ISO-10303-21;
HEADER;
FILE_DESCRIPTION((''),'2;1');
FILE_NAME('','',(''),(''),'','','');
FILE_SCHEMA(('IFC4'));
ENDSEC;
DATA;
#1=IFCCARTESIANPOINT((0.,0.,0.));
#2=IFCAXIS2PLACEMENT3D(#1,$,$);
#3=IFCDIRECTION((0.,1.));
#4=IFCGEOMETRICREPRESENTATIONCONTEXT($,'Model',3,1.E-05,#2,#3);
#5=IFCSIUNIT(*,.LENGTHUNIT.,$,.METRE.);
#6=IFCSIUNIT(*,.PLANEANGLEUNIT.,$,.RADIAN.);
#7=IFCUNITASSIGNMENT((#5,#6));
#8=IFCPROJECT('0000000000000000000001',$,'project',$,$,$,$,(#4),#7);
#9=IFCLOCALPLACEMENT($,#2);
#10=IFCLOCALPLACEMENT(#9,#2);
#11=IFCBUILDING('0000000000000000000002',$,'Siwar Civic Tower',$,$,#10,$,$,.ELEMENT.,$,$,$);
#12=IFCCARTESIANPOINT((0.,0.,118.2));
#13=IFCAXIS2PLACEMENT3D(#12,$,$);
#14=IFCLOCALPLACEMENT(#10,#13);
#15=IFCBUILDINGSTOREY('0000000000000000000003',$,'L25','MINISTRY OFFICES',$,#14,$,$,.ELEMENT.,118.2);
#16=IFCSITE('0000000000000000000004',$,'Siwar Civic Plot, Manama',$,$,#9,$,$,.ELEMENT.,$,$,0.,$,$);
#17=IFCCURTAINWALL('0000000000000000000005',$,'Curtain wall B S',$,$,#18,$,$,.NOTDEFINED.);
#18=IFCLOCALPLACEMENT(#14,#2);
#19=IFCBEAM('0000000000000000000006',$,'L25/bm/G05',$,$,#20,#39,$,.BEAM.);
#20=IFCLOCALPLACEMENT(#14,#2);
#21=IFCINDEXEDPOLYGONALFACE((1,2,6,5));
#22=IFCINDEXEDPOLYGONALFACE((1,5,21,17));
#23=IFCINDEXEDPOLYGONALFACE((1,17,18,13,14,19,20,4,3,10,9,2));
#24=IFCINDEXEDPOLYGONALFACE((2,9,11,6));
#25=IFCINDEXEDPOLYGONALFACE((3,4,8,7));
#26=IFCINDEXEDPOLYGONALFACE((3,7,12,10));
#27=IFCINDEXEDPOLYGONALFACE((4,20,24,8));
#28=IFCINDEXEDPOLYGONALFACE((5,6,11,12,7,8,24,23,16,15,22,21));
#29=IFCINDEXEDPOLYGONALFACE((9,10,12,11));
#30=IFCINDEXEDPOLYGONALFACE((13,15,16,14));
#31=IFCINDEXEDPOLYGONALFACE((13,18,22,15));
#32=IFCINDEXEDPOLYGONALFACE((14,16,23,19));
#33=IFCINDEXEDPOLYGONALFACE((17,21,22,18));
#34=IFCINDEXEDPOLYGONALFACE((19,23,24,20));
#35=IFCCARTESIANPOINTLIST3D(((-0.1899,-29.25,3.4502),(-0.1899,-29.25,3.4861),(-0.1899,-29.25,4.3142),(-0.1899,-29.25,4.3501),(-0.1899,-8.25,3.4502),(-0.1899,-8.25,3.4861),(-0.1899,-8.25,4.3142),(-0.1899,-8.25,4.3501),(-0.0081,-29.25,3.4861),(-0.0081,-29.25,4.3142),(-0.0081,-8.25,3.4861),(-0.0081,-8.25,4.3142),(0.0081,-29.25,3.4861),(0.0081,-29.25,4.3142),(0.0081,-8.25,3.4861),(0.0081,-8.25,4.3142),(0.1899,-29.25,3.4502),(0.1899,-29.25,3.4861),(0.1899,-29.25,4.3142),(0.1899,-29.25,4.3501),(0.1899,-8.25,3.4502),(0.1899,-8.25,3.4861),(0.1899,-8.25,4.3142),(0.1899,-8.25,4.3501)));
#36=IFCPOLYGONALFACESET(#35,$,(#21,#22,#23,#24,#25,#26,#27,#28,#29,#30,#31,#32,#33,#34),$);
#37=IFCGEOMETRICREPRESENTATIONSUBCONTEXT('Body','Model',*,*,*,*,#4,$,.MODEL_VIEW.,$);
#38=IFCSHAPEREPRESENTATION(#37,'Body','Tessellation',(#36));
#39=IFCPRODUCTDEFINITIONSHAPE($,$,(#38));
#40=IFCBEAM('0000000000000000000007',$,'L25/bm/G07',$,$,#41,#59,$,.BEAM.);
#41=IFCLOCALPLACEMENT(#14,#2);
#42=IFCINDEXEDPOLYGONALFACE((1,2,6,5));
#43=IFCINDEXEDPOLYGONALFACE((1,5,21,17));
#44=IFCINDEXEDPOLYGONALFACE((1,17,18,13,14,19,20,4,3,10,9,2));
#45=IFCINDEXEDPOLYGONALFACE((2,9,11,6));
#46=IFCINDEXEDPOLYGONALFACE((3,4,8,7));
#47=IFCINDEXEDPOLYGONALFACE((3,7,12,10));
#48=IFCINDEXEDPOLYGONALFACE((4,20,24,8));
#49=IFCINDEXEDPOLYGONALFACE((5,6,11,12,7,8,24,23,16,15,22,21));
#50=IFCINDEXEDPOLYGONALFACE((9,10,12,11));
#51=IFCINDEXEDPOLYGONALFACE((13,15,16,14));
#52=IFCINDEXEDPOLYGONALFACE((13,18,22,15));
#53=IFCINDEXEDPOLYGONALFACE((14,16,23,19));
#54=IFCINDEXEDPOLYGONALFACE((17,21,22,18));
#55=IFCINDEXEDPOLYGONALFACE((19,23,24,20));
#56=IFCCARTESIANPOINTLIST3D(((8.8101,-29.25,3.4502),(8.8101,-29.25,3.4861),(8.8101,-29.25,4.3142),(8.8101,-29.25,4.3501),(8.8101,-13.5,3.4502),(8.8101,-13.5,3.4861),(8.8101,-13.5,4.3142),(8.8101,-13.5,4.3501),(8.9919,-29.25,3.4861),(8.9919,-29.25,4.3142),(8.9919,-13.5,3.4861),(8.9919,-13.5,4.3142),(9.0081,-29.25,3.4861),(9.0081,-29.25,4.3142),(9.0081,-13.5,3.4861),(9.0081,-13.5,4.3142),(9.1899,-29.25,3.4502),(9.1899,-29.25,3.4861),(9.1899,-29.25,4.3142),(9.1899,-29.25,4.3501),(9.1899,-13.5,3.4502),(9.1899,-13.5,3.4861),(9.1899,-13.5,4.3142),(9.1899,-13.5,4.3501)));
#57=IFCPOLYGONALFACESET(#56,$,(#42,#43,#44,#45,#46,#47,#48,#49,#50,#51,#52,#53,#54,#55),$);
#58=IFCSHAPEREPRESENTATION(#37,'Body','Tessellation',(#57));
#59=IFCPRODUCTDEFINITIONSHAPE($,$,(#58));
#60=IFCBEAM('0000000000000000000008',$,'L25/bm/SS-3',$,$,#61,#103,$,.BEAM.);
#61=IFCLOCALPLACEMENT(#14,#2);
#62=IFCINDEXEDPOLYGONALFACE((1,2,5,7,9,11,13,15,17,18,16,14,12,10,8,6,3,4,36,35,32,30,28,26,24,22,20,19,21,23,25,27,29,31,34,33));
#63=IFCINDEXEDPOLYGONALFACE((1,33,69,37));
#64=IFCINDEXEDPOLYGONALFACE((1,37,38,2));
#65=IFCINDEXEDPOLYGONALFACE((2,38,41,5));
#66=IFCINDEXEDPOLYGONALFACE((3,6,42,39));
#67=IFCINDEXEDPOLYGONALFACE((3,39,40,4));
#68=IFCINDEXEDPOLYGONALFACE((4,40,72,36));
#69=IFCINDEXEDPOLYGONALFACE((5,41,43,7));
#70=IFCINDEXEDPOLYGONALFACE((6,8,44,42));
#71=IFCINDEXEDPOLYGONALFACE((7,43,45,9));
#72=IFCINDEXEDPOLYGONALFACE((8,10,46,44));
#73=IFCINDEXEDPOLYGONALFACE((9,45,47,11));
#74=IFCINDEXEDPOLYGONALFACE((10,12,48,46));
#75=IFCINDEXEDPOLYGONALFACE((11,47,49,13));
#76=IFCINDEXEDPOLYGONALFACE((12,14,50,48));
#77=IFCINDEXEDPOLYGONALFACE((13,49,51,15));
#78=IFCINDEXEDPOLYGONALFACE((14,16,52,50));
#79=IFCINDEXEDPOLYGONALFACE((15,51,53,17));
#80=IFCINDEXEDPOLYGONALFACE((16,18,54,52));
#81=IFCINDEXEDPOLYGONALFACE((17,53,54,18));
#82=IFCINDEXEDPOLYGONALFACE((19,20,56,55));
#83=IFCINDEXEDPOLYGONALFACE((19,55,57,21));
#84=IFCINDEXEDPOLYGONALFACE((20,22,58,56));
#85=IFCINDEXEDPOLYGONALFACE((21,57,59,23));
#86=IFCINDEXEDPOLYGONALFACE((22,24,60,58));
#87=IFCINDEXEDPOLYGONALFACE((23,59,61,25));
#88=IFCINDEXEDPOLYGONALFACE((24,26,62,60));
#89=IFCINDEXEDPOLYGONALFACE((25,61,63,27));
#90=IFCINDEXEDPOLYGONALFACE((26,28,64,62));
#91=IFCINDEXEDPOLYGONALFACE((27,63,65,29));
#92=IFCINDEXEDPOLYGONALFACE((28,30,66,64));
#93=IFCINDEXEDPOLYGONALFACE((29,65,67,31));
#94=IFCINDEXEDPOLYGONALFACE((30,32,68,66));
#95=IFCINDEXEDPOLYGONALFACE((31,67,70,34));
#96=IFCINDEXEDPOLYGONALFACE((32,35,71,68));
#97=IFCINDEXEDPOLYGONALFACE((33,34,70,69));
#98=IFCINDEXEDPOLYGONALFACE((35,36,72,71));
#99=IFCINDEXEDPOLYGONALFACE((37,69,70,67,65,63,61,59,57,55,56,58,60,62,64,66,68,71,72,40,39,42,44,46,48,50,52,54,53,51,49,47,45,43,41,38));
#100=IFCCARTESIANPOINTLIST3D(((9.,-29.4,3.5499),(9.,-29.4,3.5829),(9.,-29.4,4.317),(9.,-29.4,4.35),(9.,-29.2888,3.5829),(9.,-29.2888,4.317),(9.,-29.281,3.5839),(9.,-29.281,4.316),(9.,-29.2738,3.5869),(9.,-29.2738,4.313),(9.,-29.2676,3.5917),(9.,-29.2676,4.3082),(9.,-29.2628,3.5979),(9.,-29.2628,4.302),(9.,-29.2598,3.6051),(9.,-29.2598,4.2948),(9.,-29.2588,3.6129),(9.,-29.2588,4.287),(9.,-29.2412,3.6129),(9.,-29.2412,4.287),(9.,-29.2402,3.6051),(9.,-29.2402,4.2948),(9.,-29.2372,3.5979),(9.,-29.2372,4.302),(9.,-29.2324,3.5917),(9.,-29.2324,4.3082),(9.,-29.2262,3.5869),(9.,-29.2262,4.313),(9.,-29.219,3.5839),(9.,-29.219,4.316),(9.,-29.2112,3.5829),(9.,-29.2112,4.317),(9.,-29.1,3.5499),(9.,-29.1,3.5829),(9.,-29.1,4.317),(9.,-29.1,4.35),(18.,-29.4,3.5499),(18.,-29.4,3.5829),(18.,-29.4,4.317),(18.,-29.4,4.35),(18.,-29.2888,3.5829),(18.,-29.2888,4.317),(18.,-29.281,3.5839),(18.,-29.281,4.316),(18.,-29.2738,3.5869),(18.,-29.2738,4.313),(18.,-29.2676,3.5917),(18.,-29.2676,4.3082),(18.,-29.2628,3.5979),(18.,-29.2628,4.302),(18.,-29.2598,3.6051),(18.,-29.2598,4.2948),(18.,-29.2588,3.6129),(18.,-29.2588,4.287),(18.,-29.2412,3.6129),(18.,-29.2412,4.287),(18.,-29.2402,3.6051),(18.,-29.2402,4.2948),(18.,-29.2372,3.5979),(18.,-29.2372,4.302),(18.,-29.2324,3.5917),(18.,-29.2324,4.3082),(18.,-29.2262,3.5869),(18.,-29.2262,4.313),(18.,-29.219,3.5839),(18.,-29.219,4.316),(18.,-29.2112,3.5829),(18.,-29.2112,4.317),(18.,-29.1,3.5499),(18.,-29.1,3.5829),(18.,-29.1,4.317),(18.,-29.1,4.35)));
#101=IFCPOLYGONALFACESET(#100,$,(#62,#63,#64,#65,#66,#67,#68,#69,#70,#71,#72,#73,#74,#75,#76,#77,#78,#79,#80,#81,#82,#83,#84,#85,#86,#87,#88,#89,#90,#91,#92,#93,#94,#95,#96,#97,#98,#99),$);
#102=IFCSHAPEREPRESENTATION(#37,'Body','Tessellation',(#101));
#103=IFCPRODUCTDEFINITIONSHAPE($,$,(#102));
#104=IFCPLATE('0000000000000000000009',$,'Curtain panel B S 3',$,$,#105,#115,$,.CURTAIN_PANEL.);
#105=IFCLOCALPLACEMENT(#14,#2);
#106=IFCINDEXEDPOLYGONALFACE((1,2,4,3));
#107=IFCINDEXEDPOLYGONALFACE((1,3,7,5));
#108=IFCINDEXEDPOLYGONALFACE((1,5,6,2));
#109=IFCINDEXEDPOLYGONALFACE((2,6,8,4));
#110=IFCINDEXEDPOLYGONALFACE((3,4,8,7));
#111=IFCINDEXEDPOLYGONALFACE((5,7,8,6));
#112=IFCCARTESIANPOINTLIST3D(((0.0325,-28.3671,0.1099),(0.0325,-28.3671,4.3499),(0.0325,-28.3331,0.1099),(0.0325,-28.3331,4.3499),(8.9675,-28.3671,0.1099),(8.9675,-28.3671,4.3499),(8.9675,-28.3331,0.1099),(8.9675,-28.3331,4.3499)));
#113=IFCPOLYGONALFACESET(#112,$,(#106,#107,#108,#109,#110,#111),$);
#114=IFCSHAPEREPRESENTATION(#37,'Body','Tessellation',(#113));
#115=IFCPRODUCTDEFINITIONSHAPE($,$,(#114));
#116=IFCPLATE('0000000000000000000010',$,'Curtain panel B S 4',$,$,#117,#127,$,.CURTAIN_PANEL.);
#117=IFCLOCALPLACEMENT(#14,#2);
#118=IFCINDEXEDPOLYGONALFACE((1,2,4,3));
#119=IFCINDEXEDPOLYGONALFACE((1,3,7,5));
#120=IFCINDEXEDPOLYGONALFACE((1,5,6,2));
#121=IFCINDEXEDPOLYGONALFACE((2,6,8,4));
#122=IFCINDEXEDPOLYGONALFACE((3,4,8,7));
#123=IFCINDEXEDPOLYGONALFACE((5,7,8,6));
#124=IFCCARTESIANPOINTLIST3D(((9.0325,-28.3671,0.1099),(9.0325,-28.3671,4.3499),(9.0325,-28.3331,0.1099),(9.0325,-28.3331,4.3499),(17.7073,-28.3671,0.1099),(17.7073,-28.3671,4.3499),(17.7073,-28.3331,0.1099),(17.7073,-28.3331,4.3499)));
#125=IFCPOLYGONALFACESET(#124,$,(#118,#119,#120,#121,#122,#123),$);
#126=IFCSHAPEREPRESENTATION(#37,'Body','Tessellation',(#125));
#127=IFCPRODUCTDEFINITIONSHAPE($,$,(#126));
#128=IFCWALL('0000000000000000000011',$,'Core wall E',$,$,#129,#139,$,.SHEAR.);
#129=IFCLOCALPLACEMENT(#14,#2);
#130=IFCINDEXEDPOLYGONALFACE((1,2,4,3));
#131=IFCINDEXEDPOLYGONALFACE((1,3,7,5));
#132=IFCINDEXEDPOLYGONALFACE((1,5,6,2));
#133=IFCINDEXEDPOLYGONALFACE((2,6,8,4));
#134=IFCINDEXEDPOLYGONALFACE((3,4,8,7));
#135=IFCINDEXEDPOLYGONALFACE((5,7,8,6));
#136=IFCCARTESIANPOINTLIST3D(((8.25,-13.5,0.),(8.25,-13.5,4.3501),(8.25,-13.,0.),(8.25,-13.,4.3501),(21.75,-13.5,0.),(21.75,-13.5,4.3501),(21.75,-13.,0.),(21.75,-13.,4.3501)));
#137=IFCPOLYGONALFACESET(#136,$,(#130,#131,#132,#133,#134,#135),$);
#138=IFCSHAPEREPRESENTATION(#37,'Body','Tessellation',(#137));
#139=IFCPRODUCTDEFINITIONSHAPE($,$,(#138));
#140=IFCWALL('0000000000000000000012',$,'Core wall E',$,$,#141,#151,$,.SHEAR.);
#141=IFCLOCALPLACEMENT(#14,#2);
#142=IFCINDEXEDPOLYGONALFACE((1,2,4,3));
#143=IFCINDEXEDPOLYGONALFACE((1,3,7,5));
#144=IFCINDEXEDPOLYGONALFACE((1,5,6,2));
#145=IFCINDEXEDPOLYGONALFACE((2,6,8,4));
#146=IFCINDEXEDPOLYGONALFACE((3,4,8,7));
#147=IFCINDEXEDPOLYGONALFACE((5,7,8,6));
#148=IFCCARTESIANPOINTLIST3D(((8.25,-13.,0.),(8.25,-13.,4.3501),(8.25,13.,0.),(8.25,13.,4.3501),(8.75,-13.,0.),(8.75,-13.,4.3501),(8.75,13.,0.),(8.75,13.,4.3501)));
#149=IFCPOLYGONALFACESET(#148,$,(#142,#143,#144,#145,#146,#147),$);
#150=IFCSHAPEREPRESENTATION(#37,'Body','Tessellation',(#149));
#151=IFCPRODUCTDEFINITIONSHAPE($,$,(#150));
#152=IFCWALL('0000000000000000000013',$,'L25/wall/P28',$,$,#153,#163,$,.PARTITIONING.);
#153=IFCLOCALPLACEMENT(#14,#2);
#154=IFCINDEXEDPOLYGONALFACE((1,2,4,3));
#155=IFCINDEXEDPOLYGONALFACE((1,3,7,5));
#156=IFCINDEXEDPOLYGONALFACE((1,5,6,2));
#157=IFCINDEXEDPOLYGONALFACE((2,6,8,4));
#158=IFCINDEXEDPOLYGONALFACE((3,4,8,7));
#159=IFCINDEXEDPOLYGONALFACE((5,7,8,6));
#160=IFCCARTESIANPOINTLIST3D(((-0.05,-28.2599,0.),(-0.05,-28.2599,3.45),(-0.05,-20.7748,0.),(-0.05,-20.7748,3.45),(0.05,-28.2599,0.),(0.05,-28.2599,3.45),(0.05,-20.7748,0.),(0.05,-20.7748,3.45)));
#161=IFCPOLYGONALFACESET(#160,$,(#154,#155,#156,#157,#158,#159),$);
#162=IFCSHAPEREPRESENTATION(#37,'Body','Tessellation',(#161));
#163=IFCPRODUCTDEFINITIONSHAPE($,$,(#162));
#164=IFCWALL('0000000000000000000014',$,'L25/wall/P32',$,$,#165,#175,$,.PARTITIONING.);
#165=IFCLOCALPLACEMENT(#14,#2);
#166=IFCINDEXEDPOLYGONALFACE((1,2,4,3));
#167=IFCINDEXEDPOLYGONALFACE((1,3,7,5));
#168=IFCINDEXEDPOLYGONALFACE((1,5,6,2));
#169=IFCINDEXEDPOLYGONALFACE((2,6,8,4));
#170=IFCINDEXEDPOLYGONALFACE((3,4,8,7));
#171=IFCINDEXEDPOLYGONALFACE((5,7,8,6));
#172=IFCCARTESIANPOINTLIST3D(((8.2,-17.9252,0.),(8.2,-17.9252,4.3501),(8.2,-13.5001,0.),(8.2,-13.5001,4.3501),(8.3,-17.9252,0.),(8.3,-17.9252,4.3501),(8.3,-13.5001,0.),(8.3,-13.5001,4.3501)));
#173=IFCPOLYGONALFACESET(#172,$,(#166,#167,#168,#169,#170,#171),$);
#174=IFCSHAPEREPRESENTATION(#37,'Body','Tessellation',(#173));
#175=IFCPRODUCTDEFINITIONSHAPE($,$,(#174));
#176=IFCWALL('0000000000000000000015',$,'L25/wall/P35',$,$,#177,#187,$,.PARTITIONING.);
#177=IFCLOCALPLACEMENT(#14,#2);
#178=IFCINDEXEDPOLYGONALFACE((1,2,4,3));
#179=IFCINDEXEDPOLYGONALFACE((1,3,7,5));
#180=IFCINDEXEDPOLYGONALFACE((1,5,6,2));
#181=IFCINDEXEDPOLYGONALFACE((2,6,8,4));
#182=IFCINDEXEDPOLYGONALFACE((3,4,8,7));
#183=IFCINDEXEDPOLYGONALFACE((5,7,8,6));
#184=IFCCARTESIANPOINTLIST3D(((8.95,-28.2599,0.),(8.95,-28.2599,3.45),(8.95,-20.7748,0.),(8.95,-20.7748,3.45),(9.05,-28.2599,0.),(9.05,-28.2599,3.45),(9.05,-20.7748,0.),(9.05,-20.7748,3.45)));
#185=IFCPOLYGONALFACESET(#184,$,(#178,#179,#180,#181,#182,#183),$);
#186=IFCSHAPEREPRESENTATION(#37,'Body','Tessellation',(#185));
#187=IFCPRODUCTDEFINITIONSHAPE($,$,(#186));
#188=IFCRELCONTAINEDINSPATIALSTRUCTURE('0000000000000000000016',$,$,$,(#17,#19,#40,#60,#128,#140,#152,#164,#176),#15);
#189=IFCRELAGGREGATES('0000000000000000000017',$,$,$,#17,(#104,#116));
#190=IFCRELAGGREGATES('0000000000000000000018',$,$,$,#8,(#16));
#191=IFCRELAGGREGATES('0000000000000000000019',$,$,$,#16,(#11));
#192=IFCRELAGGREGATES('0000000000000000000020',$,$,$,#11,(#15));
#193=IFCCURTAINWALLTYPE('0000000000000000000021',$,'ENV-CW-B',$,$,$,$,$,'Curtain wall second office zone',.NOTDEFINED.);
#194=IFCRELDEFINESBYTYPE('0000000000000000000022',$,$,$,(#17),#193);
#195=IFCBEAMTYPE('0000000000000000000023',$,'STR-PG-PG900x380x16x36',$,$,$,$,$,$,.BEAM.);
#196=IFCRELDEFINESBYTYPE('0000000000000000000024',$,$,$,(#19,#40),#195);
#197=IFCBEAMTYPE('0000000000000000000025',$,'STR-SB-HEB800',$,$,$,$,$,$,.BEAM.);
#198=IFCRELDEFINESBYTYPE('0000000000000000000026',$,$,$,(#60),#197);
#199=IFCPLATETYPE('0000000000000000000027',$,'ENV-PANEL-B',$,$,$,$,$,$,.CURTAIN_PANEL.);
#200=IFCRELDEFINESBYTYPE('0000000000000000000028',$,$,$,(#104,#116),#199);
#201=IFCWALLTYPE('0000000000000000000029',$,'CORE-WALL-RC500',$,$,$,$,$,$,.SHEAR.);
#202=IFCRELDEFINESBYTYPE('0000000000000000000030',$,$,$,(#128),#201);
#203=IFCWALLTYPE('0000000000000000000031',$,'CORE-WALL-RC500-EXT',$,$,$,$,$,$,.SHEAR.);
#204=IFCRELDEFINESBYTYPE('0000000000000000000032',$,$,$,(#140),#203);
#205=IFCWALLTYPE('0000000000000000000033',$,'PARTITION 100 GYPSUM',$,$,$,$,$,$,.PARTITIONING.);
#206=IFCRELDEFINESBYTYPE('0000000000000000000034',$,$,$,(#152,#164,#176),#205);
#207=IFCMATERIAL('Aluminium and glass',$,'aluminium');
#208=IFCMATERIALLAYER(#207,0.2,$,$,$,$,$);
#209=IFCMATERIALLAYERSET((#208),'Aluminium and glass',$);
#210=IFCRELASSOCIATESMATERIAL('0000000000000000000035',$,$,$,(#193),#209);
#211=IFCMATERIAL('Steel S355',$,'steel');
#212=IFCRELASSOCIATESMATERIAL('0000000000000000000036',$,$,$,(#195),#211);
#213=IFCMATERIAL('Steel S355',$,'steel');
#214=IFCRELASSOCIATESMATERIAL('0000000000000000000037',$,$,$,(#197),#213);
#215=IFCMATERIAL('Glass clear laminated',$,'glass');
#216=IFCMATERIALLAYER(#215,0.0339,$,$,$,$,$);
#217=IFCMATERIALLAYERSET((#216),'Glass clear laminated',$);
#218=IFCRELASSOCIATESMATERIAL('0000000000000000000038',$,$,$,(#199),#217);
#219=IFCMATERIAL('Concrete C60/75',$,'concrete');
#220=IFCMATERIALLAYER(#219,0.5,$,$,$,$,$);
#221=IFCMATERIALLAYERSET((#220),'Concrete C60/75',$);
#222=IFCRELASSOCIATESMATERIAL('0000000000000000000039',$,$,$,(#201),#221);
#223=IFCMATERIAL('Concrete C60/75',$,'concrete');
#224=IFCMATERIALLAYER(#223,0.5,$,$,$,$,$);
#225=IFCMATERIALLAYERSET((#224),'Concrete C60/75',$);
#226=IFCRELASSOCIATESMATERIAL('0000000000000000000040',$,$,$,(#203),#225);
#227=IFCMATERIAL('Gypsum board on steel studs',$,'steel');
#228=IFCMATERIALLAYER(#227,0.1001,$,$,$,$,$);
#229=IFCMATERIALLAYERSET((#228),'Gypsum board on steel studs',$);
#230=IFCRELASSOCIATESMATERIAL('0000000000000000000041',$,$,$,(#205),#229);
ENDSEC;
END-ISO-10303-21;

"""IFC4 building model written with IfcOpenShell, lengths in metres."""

from ifc_helpers import new_model, si_unit, direction, frame, frame_2d, origin, origin_2d, place, context, subcontext, project, spatial, rectangle, i_section, extrude, material, layer, layer_set, material_profile, profile_set, type_object, element, aggregate, save


model = new_model("IFC4")

# Units and contexts
model_context = context("Model", 3, precision=1e-05, world=origin(), true_north=direction((0.0, 1.0)))
body_context = subcontext(model_context, "Body", "Model", "MODEL_VIEW")
ifc_project = project(units=[si_unit("LENGTHUNIT", "METRE"), si_unit("PLANEANGLEUNIT", "RADIAN")], contexts=[model_context])

# Site, building, storey
site_placement = place(None, origin())
site = spatial("IfcSite", under=ifc_project, at=site_placement, Name="Siwar Civic Plot, Manama", CompositionType="ELEMENT", RefElevation=0.0)
building_placement = place(site_placement, origin())
building = spatial("IfcBuilding", under=site, at=building_placement, Name="Siwar Civic Tower", CompositionType="ELEMENT")
storey_placement = place(building_placement, frame((0.0, 0.0, 118.2)))
storey = spatial("IfcBuildingStorey", under=building, at=storey_placement, Name="L25", Description="MINISTRY OFFICES", CompositionType="ELEMENT", Elevation=118.2)

# Curtain wall
ifc_material_1 = material(Name="Aluminium and glass", Category="aluminium")
ifc_layer_1 = layer(ifc_material_1, 0.2)
ifc_layer_set_1 = layer_set([ifc_layer_1], Name="Aluminium and glass")
curtain_wall_type = type_object("IfcCurtainWallType", Name="ENV-CW-B", ElementType="Curtain wall second office zone", PredefinedType="NOTDEFINED", material=ifc_layer_set_1)
curtain_wall_placement = place(storey_placement, origin())
curtain_wall = element("IfcCurtainWall", 1, at=curtain_wall_placement, inside=storey, type_object=curtain_wall_type, Name="Curtain wall B S", PredefinedType="NOTDEFINED")

# Beams
ifc_material_2 = material(Name="Steel S355", Category="steel")
ifc_material_profile_1 = material_profile(ifc_material_2, i_section(OverallWidth=0.3799, OverallDepth=0.8999, WebThickness=0.0161, FlangeThickness=0.0359, at=origin_2d()), Name="PG900x380x16x36")
ifc_profile_set_1 = profile_set([ifc_material_profile_1], Name="Steel S355")
beam_type_1 = type_object("IfcBeamType", Name="STR-PG-PG900x380x16x36", PredefinedType="BEAM", material=ifc_profile_set_1)
beam_1_placement = place(storey_placement, frame((0.0, -29.25, 3.9001), z_axis=(0.0, 1.0, 0.0), x_axis=(-1.0, 0.0, 0.0)))
element("IfcBeam", 2, at=beam_1_placement, inside=storey, type_object=beam_type_1, Name="L25/bm/G05", PredefinedType="BEAM", context=body_context, shape_type="SweptSolid", body=[
    extrude(i_section(OverallWidth=0.3799, OverallDepth=0.8999, WebThickness=0.0161, FlangeThickness=0.0359, at=origin_2d()), origin(), (0.0, 0.0, 1.0), 21.0),
])
beam_2_placement = place(storey_placement, frame((9.0, -29.25, 3.9001), z_axis=(0.0, 1.0, 0.0), x_axis=(-1.0, 0.0, 0.0)))
element("IfcBeam", 3, at=beam_2_placement, inside=storey, type_object=beam_type_1, Name="L25/bm/G07", PredefinedType="BEAM", context=body_context, shape_type="SweptSolid", body=[
    extrude(i_section(OverallWidth=0.3799, OverallDepth=0.8999, WebThickness=0.0161, FlangeThickness=0.0359, at=origin_2d()), origin(), (0.0, 0.0, 1.0), 15.75),
])
ifc_material_3 = material(Name="Steel S355", Category="steel")
ifc_material_profile_2 = material_profile(ifc_material_3, i_section(OverallWidth=0.3, OverallDepth=0.8, WebThickness=0.0176, FlangeThickness=0.033, FilletRadius=0.03, at=origin_2d()), Name="HEB800")
ifc_profile_set_2 = profile_set([ifc_material_profile_2], Name="Steel S355")
beam_type_2 = type_object("IfcBeamType", Name="STR-SB-HEB800", PredefinedType="BEAM", material=ifc_profile_set_2)
beam_3_placement = place(storey_placement, frame((9.0, -29.25, 3.95), z_axis=(1.0, 0.0, 0.0), x_axis=(0.0, 1.0, 0.0)))
element("IfcBeam", 4, at=beam_3_placement, inside=storey, type_object=beam_type_2, Name="L25/bm/SS-3", PredefinedType="BEAM", context=body_context, shape_type="SweptSolid", body=[
    extrude(i_section(OverallWidth=0.3, OverallDepth=0.8, WebThickness=0.0176, FlangeThickness=0.033, FilletRadius=0.03, at=origin_2d()), origin(), (0.0, 0.0, 1.0), 9.0),
])

# Plates
ifc_material_4 = material(Name="Glass clear laminated", Category="glass")
ifc_layer_2 = layer(ifc_material_4, 0.0339)
ifc_layer_set_2 = layer_set([ifc_layer_2], Name="Glass clear laminated")
plate_type = type_object("IfcPlateType", Name="ENV-PANEL-B", PredefinedType="CURTAIN_PANEL", material=ifc_layer_set_2)
plate_1_placement = place(storey_placement, frame((4.5, -28.3501, 0.1099), z_axis=(0.0, 0.0, 1.0), x_axis=(1.0, 0.0, 0.0)))
plate_1 = element("IfcPlate", 5, at=plate_1_placement, type_object=plate_type, Name="Curtain panel B S 3", PredefinedType="CURTAIN_PANEL", context=body_context, shape_type="SweptSolid", body=[
    extrude(rectangle(XDim=8.9351, YDim=0.0339, at=origin_2d()), origin(), (0.0, 0.0, 1.0), 4.24),
])
plate_2_placement = place(storey_placement, frame((13.3699, -28.3501, 0.1099), z_axis=(0.0, 0.0, 1.0), x_axis=(1.0, 0.0, 0.0)))
plate_2 = element("IfcPlate", 6, at=plate_2_placement, type_object=plate_type, Name="Curtain panel B S 4", PredefinedType="CURTAIN_PANEL", context=body_context, shape_type="SweptSolid", body=[
    extrude(rectangle(XDim=8.6748, YDim=0.0339, at=origin_2d()), origin(), (0.0, 0.0, 1.0), 4.24),
])
aggregate(curtain_wall, [plate_1, plate_2])

# Walls
ifc_material_5 = material(Name="Concrete C60/75", Category="concrete")
ifc_layer_3 = layer(ifc_material_5, 0.5)
ifc_layer_set_3 = layer_set([ifc_layer_3], Name="Concrete C60/75")
wall_type_1 = type_object("IfcWallType", Name="CORE-WALL-RC500", PredefinedType="SHEAR", material=ifc_layer_set_3)
wall_1_placement = place(storey_placement, frame((8.25, -13.25, 0.0), z_axis=(0.0, 0.0, 1.0), x_axis=(1.0, 0.0, 0.0)))
element("IfcWall", 7, at=wall_1_placement, inside=storey, type_object=wall_type_1, Name="Core wall E", PredefinedType="SHEAR", context=body_context, shape_type="SweptSolid", body=[
    extrude(rectangle(XDim=13.5, YDim=0.5, at=frame_2d((6.75, 0.0))), origin(), (0.0, 0.0, 1.0), 4.3501),
])
ifc_material_6 = material(Name="Concrete C60/75", Category="concrete")
ifc_layer_4 = layer(ifc_material_6, 0.5)
ifc_layer_set_4 = layer_set([ifc_layer_4], Name="Concrete C60/75")
wall_type_2 = type_object("IfcWallType", Name="CORE-WALL-RC500-EXT", PredefinedType="SHEAR", material=ifc_layer_set_4)
wall_2_placement = place(storey_placement, frame((8.5, -13.0, 0.0), z_axis=(0.0, 0.0, 1.0), x_axis=(0.0, 1.0, 0.0)))
element("IfcWall", 8, at=wall_2_placement, inside=storey, type_object=wall_type_2, Name="Core wall E", PredefinedType="SHEAR", context=body_context, shape_type="SweptSolid", body=[
    extrude(rectangle(XDim=26.0, YDim=0.5, at=frame_2d((13.0, 0.0))), origin(), (0.0, 0.0, 1.0), 4.3501),
])
ifc_material_7 = material(Name="Gypsum board on steel studs", Category="steel")
ifc_layer_5 = layer(ifc_material_7, 0.1001)
ifc_layer_set_5 = layer_set([ifc_layer_5], Name="Gypsum board on steel studs")
wall_type_3 = type_object("IfcWallType", Name="PARTITION 100 GYPSUM", PredefinedType="PARTITIONING", material=ifc_layer_set_5)
wall_3_placement = place(storey_placement, frame((0.0, -28.26, 0.0), z_axis=(0.0, 0.0, 1.0), x_axis=(0.0, 1.0, 0.0)))
element("IfcWall", 9, at=wall_3_placement, inside=storey, type_object=wall_type_3, Name="L25/wall/P28", PredefinedType="PARTITIONING", context=body_context, shape_type="SweptSolid", body=[
    extrude(rectangle(XDim=7.4851, YDim=0.1001, at=frame_2d((3.7427, 0.0))), origin(), (0.0, 0.0, 1.0), 3.45),
])
wall_4_placement = place(storey_placement, frame((8.25, -17.925, 0.0), z_axis=(0.0, 0.0, 1.0), x_axis=(0.0, 1.0, 0.0)))
element("IfcWall", 10, at=wall_4_placement, inside=storey, type_object=wall_type_3, Name="L25/wall/P32", PredefinedType="PARTITIONING", context=body_context, shape_type="SweptSolid", body=[
    extrude(rectangle(XDim=4.425, YDim=0.1001, at=frame_2d((2.2124, 0.0))), origin(), (0.0, 0.0, 1.0), 4.3501),
])
wall_5_placement = place(storey_placement, frame((9.0, -28.26, 0.0), z_axis=(0.0, 0.0, 1.0), x_axis=(0.0, 1.0, 0.0)))
element("IfcWall", 11, at=wall_5_placement, inside=storey, type_object=wall_type_3, Name="L25/wall/P35", PredefinedType="PARTITIONING", context=body_context, shape_type="SweptSolid", body=[
    extrude(rectangle(XDim=7.4851, YDim=0.1001, at=frame_2d((3.7427, 0.0))), origin(), (0.0, 0.0, 1.0), 3.45),
])

save(model, "model.ifc")
